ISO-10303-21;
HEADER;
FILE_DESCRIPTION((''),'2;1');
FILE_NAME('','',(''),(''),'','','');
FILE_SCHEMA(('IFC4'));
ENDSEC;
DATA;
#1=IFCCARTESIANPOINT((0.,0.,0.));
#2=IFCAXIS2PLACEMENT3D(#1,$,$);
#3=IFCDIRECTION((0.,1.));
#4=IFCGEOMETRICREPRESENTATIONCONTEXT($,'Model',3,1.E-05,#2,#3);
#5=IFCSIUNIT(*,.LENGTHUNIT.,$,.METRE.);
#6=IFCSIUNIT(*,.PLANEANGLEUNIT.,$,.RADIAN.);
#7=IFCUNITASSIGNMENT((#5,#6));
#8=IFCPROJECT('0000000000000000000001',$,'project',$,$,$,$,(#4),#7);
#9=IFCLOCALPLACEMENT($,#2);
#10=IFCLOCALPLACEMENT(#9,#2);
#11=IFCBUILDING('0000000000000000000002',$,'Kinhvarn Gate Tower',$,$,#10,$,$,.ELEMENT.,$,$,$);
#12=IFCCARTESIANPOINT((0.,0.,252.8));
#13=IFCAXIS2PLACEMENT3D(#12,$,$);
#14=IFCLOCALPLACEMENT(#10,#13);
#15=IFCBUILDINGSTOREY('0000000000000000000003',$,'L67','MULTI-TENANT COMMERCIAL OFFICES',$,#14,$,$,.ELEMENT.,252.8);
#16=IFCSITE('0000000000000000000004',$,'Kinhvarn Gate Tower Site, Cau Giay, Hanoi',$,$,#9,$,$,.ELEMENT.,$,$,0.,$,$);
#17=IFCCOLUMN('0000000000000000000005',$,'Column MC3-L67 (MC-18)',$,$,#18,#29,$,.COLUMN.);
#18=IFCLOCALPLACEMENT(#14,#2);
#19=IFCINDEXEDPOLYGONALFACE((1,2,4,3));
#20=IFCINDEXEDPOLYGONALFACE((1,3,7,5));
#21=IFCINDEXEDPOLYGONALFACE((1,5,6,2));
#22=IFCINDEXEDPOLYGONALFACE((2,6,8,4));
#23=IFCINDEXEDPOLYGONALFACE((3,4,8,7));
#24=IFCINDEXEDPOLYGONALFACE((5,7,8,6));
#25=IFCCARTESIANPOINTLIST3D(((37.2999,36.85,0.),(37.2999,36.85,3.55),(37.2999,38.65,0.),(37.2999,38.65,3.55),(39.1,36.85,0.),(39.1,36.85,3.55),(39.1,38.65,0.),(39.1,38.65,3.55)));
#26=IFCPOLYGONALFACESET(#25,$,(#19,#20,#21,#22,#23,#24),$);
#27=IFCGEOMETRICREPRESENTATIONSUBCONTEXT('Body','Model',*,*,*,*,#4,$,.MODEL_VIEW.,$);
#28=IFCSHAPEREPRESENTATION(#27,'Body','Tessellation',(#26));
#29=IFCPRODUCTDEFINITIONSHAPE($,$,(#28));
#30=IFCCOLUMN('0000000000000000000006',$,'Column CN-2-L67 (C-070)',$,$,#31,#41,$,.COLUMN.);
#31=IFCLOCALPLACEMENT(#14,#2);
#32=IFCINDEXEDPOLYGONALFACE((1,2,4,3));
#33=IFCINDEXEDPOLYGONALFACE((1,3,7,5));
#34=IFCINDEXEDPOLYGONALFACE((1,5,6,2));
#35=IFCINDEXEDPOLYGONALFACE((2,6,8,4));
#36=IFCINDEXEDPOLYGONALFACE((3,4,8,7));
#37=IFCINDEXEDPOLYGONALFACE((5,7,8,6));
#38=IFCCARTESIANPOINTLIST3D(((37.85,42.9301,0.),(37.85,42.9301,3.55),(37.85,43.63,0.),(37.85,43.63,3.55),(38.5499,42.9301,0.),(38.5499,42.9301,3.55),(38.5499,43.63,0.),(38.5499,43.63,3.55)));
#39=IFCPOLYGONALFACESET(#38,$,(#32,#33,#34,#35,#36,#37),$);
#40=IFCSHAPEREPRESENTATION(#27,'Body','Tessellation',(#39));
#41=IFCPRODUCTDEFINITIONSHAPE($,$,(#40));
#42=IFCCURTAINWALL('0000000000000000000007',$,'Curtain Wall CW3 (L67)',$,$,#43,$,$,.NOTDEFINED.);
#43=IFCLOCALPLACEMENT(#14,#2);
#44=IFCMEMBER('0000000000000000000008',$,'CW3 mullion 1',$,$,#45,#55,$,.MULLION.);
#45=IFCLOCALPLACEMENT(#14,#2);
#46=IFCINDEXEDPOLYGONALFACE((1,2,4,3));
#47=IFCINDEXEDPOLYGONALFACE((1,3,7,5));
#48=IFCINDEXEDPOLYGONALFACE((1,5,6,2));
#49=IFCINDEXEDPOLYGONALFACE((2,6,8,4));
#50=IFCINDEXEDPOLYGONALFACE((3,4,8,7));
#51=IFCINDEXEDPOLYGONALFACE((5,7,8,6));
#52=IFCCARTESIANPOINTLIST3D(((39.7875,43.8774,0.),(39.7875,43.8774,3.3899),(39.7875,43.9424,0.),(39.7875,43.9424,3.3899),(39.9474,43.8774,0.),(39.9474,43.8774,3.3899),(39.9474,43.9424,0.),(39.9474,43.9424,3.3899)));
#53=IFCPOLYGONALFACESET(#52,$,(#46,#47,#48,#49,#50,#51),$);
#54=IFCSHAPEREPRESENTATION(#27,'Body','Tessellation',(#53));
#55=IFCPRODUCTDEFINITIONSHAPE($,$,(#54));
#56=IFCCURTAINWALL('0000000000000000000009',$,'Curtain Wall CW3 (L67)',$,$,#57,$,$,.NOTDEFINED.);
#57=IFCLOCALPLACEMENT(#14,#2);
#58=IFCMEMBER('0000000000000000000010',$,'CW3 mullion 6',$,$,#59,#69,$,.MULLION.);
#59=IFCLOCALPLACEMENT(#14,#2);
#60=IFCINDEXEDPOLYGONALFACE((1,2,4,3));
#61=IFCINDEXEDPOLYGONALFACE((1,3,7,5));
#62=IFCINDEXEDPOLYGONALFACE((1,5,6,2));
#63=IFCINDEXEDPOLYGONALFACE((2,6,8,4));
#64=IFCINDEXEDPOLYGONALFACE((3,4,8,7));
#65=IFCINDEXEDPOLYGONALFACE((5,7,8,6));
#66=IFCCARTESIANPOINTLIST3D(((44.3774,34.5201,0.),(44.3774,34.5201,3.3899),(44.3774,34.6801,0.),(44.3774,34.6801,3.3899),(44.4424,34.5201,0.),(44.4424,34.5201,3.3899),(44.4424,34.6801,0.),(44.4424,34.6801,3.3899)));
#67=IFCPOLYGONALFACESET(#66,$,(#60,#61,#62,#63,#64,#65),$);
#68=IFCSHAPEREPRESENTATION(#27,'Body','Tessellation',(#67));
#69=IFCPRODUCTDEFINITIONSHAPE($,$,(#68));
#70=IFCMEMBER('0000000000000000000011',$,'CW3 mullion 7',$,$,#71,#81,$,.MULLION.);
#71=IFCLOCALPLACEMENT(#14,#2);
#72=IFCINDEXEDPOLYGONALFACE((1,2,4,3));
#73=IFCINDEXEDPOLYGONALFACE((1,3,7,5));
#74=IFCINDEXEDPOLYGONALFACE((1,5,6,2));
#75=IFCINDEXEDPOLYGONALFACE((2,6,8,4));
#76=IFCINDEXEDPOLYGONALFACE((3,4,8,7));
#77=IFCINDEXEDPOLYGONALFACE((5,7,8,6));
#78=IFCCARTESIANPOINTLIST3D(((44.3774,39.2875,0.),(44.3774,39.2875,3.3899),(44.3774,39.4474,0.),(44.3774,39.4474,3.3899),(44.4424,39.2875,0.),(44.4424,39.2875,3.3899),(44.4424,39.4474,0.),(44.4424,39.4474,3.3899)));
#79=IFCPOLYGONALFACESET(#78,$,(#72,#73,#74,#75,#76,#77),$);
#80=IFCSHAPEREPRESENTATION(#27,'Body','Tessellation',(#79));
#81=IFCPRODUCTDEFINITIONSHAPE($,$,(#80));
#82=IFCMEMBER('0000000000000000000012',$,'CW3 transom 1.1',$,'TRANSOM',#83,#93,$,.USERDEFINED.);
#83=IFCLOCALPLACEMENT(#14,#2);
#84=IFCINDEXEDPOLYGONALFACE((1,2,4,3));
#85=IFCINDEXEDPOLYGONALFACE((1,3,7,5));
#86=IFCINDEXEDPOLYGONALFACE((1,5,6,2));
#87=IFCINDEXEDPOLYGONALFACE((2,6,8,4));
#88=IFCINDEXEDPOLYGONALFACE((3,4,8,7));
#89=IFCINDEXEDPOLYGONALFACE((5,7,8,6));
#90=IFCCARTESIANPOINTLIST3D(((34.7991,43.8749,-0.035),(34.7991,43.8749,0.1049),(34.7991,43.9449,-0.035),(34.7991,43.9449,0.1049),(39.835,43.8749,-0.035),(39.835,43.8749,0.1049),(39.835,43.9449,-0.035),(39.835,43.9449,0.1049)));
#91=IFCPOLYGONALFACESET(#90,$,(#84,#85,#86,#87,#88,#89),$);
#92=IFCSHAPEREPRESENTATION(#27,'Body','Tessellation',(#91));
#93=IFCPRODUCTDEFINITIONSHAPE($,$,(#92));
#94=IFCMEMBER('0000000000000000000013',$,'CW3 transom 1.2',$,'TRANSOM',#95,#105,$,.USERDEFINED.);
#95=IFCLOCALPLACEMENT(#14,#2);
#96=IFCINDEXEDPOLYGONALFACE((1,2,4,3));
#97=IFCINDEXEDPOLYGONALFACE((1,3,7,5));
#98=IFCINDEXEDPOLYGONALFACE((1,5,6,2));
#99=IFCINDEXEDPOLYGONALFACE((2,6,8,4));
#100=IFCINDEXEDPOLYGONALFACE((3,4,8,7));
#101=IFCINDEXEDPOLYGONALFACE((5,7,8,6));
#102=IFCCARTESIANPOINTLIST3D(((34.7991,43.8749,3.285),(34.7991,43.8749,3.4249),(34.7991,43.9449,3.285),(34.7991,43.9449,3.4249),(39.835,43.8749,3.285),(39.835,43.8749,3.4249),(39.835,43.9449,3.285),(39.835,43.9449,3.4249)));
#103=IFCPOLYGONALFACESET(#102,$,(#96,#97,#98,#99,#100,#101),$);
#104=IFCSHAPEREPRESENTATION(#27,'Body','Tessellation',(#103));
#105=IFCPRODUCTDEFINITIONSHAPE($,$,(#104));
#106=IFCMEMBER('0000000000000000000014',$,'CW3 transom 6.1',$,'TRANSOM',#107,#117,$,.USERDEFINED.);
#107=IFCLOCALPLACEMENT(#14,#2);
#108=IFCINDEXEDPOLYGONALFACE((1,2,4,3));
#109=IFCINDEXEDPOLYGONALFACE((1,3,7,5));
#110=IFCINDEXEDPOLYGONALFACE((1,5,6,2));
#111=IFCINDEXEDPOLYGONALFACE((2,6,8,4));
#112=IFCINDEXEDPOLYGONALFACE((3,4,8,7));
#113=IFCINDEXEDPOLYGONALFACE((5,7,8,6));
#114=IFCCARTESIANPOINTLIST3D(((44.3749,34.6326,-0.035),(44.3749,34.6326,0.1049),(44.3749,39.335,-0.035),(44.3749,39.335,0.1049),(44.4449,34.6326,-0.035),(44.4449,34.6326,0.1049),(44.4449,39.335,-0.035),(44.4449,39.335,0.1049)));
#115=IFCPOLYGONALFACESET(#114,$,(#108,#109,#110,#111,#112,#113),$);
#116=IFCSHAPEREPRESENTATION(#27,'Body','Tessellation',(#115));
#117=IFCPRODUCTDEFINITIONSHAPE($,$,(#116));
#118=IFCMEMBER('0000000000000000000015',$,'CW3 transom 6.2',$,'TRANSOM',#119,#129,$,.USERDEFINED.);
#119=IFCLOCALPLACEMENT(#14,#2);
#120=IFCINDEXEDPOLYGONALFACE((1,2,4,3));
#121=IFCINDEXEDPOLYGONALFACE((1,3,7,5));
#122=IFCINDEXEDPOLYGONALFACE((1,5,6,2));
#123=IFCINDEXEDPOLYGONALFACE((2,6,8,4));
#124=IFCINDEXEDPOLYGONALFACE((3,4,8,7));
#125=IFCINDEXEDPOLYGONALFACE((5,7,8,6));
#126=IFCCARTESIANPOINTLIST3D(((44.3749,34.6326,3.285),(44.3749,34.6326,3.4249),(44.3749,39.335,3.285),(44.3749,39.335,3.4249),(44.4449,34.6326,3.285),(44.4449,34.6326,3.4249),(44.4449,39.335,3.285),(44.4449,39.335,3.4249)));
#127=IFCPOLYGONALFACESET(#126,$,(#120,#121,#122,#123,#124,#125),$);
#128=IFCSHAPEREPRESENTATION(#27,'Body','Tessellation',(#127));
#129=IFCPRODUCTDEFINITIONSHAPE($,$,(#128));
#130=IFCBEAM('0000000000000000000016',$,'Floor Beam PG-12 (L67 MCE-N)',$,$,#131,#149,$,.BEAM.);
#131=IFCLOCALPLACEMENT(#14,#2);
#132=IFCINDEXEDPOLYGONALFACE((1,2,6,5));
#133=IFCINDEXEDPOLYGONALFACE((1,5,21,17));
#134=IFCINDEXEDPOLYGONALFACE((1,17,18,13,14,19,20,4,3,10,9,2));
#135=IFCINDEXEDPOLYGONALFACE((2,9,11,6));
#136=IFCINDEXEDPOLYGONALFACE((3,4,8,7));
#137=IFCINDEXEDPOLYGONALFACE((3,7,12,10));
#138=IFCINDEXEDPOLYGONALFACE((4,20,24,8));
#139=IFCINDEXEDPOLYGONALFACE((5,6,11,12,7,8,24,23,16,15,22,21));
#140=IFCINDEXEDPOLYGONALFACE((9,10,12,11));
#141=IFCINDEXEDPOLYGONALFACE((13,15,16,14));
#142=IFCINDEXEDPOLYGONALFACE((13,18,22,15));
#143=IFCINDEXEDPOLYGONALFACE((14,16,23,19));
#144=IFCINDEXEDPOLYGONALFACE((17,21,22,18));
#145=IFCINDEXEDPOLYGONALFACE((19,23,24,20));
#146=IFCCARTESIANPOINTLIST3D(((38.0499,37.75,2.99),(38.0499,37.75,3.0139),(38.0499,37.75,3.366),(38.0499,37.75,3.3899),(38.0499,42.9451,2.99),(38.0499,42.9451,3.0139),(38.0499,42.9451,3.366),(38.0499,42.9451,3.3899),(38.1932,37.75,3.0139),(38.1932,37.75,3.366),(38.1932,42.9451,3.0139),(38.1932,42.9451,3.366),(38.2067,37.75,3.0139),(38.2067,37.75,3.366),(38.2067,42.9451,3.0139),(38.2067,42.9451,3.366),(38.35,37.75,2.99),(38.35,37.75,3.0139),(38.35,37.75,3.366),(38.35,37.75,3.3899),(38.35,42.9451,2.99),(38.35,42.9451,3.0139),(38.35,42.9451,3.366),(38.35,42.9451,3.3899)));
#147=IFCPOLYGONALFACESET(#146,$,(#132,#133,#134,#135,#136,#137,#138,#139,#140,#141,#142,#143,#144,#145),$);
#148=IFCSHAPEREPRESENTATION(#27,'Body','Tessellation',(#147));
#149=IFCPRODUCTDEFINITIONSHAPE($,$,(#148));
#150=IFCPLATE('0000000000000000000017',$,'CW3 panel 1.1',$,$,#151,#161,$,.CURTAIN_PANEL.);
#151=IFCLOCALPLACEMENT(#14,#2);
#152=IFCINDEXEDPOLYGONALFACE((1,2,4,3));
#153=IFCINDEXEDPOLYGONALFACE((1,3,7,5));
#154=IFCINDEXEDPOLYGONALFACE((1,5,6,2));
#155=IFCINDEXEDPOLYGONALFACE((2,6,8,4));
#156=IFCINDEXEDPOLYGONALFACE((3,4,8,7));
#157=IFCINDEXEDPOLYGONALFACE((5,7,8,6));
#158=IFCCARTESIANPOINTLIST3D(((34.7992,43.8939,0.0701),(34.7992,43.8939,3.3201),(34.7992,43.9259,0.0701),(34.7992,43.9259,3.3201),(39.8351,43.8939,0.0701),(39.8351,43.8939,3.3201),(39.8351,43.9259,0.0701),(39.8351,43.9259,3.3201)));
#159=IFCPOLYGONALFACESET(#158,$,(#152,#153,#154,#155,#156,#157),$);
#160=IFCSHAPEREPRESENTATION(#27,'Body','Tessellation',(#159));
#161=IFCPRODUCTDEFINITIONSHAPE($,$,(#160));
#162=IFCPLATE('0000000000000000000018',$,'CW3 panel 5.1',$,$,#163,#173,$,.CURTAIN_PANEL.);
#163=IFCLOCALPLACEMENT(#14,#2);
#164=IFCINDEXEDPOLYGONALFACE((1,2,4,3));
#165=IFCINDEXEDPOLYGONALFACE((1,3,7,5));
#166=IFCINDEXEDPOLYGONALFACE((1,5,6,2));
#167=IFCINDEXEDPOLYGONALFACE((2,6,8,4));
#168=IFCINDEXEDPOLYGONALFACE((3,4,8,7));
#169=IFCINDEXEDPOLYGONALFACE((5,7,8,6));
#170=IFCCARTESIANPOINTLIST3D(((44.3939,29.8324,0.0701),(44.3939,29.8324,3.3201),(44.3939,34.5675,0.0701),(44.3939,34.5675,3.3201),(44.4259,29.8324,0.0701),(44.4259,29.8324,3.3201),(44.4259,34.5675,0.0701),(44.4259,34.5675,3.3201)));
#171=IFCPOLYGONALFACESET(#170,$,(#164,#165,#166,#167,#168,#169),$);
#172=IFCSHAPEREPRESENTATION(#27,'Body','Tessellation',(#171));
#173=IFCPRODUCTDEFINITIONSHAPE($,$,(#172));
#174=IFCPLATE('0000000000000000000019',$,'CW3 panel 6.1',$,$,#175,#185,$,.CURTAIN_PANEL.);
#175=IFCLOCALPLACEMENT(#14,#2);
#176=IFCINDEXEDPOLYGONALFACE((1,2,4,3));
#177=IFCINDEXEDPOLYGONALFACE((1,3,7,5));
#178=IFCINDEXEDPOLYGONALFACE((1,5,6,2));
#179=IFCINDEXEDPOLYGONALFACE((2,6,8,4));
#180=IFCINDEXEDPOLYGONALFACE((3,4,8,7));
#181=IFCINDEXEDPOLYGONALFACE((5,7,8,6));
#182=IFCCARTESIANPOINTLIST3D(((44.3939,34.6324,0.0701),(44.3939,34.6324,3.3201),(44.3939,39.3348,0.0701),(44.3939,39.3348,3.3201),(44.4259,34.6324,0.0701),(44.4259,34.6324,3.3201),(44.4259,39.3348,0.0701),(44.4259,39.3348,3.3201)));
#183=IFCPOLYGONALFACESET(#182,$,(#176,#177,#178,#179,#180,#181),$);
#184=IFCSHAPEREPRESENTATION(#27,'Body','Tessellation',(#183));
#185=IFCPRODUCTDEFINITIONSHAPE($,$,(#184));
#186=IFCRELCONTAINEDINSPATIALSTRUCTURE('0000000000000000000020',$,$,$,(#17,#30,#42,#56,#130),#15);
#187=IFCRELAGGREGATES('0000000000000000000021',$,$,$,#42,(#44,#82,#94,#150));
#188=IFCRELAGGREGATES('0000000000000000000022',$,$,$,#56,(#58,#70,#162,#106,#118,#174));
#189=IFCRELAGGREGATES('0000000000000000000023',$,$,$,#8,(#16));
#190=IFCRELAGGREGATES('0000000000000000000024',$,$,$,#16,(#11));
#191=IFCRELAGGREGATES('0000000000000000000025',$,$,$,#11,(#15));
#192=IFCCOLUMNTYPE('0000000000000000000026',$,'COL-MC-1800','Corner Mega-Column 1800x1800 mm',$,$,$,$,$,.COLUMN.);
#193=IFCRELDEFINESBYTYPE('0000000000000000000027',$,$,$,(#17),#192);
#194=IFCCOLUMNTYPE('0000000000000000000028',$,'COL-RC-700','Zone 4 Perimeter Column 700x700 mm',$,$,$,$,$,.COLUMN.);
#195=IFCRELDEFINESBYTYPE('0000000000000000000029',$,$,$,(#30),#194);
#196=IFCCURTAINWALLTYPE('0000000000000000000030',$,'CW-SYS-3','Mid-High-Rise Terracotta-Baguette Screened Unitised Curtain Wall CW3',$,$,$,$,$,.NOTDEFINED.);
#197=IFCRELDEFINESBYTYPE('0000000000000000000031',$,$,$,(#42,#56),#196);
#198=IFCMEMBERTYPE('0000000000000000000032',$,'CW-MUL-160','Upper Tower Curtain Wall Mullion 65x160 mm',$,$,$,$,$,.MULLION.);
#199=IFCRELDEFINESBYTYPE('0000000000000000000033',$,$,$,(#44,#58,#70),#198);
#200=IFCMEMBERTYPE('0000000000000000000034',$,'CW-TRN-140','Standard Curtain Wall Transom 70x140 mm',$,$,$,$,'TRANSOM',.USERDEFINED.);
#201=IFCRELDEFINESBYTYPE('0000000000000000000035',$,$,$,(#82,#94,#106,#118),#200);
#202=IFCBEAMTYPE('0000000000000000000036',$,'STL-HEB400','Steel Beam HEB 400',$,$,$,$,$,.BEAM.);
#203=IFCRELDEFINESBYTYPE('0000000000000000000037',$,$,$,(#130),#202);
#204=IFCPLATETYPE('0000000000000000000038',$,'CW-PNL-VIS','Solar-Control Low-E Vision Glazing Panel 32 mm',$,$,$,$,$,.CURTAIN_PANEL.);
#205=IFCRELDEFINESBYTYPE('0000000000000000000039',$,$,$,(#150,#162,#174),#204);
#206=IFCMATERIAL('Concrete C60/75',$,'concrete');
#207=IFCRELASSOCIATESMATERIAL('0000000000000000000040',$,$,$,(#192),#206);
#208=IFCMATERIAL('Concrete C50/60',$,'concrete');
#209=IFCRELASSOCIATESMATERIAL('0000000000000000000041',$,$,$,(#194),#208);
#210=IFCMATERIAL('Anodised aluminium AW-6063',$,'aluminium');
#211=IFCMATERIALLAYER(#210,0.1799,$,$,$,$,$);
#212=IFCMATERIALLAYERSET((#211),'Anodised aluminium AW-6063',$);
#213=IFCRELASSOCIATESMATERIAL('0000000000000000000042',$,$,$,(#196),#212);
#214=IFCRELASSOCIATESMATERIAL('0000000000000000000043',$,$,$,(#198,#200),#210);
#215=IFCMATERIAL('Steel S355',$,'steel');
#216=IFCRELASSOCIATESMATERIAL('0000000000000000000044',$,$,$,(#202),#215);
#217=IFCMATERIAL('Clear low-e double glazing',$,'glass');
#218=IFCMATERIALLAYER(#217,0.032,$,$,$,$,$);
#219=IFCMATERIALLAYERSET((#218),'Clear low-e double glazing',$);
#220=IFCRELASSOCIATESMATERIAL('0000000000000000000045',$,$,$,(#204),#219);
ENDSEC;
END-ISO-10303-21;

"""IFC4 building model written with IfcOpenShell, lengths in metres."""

from ifc_helpers import new_model, si_unit, direction, frame, origin, origin_2d, place, context, subcontext, project, spatial, rectangle, i_section, extrude, material, layer, layer_set, material_profile, profile_set, type_object, element, aggregate, save


model = new_model("IFC4")

# Units and contexts
model_context = context("Model", 3, precision=1e-05, world=origin(), true_north=direction((0.0, 1.0)))
body_context = subcontext(model_context, "Body", "Model", "MODEL_VIEW")
ifc_project = project(units=[si_unit("LENGTHUNIT", "METRE"), si_unit("PLANEANGLEUNIT", "RADIAN")], contexts=[model_context])

# Site, building, storey
site_placement = place(None, origin())
site = spatial("IfcSite", under=ifc_project, at=site_placement, Name="Kinhvarn Gate Tower Site, Cau Giay, Hanoi", CompositionType="ELEMENT", RefElevation=0.0)
building_placement = place(site_placement, origin())
building = spatial("IfcBuilding", under=site, at=building_placement, Name="Kinhvarn Gate Tower", CompositionType="ELEMENT")
storey_placement = place(building_placement, frame((0.0, 0.0, 252.8)))
storey = spatial("IfcBuildingStorey", under=building, at=storey_placement, Name="L67", Description="MULTI-TENANT COMMERCIAL OFFICES", CompositionType="ELEMENT", Elevation=252.8)

# Columns
ifc_material_1 = material(Name="Concrete C60/75", Category="concrete")
ifc_material_profile_1 = material_profile(ifc_material_1, rectangle(XDim=1.8, YDim=1.8, at=origin_2d()), Name="RC 1800x1800")
ifc_profile_set_1 = profile_set([ifc_material_profile_1], Name="Concrete C60/75")
column_type_1 = type_object("IfcColumnType", Name="COL-MC-1800", Description="Corner Mega-Column 1800x1800 mm", PredefinedType="COLUMN", material=ifc_profile_set_1)
column_1_placement = place(storey_placement, frame((38.2, 37.75, 0.0), z_axis=(0.0, 0.0, 1.0), x_axis=(1.0, 0.0, 0.0)))
element("IfcColumn", 1, at=column_1_placement, inside=storey, type_object=column_type_1, Name="Column MC3-L67 (MC-18)", PredefinedType="COLUMN", context=body_context, shape_type="SweptSolid", body=[
    extrude(rectangle(XDim=1.8, YDim=1.8, at=origin_2d()), origin(), (0.0, 0.0, 1.0), 3.55),
])
ifc_material_2 = material(Name="Concrete C50/60", Category="concrete")
ifc_material_profile_2 = material_profile(ifc_material_2, rectangle(XDim=0.7, YDim=0.7, at=origin_2d()), Name="RC 700x700")
ifc_profile_set_2 = profile_set([ifc_material_profile_2], Name="Concrete C50/60")
column_type_2 = type_object("IfcColumnType", Name="COL-RC-700", Description="Zone 4 Perimeter Column 700x700 mm", PredefinedType="COLUMN", material=ifc_profile_set_2)
column_2_placement = place(storey_placement, frame((38.2, 43.28, 0.0), z_axis=(0.0, 0.0, 1.0), x_axis=(1.0, 0.0, 0.0)))
element("IfcColumn", 2, at=column_2_placement, inside=storey, type_object=column_type_2, Name="Column CN-2-L67 (C-070)", PredefinedType="COLUMN", context=body_context, shape_type="SweptSolid", body=[
    extrude(rectangle(XDim=0.7, YDim=0.7, at=origin_2d()), origin(), (0.0, 0.0, 1.0), 3.55),
])

# Curtain wall, member
ifc_material_3 = material(Name="Anodised aluminium AW-6063", Category="aluminium")
ifc_layer_1 = layer(ifc_material_3, 0.1799)
ifc_layer_set_1 = layer_set([ifc_layer_1], Name="Anodised aluminium AW-6063")
curtain_wall_type = type_object("IfcCurtainWallType", Name="CW-SYS-3", Description="Mid-High-Rise Terracotta-Baguette Screened Unitised Curtain Wall CW3", PredefinedType="NOTDEFINED", material=ifc_layer_set_1)
curtain_wall_1_placement = place(storey_placement, origin())
curtain_wall_1 = element("IfcCurtainWall", 3, at=curtain_wall_1_placement, inside=storey, type_object=curtain_wall_type, Name="Curtain Wall CW3 (L67)", PredefinedType="NOTDEFINED")
ifc_material_profile_3 = material_profile(ifc_material_3, rectangle(XDim=0.0649, YDim=0.1599, at=origin_2d()), Name="ALU 65x160")
ifc_profile_set_3 = profile_set([ifc_material_profile_3], Name="Anodised aluminium AW-6063")
member_type_1 = type_object("IfcMemberType", Name="CW-MUL-160", Description="Upper Tower Curtain Wall Mullion 65x160 mm", PredefinedType="MULLION", material=ifc_profile_set_3)
member_1_placement = place(storey_placement, frame((39.8674, 43.9099, 0.0), z_axis=(0.0, 0.0, 1.0), x_axis=(0.0, -1.0, 0.0)))
member_1 = element("IfcMember", 4, at=member_1_placement, type_object=member_type_1, Name="CW3 mullion 1", PredefinedType="MULLION", context=body_context, shape_type="SweptSolid", body=[
    extrude(rectangle(XDim=0.0649, YDim=0.1599, at=origin_2d()), origin(), (0.0, 0.0, 1.0), 3.3899),
])

# Curtain wall, members
curtain_wall_2_placement = place(storey_placement, origin())
curtain_wall_2 = element("IfcCurtainWall", 5, at=curtain_wall_2_placement, inside=storey, type_object=curtain_wall_type, Name="Curtain Wall CW3 (L67)", PredefinedType="NOTDEFINED")
member_2_placement = place(storey_placement, frame((44.4099, 34.6001, 0.0), z_axis=(0.0, 0.0, 1.0), x_axis=(-1.0, 0.0, 0.0)))
member_2 = element("IfcMember", 6, at=member_2_placement, type_object=member_type_1, Name="CW3 mullion 6", PredefinedType="MULLION", context=body_context, shape_type="SweptSolid", body=[
    extrude(rectangle(XDim=0.0649, YDim=0.1599, at=origin_2d()), origin(), (0.0, 0.0, 1.0), 3.3899),
])
member_3_placement = place(storey_placement, frame((44.4099, 39.3674, 0.0), z_axis=(0.0, 0.0, 1.0), x_axis=(-1.0, 0.0, 0.0)))
member_3 = element("IfcMember", 7, at=member_3_placement, type_object=member_type_1, Name="CW3 mullion 7", PredefinedType="MULLION", context=body_context, shape_type="SweptSolid", body=[
    extrude(rectangle(XDim=0.0649, YDim=0.1599, at=origin_2d()), origin(), (0.0, 0.0, 1.0), 3.3899),
])

# Members
ifc_material_profile_4 = material_profile(ifc_material_3, rectangle(XDim=0.0701, YDim=0.1399, at=origin_2d()), Name="ALU 70x140")
ifc_profile_set_4 = profile_set([ifc_material_profile_4], Name="Anodised aluminium AW-6063")
member_type_2 = type_object("IfcMemberType", Name="CW-TRN-140", Description="Standard Curtain Wall Transom 70x140 mm", ElementType="TRANSOM", PredefinedType="USERDEFINED", material=ifc_profile_set_4)
member_4_placement = place(storey_placement, frame((39.835, 43.9099, 0.0349), z_axis=(-1.0, 0.0, 0.0), x_axis=(0.0, -1.0, 0.0)))
member_4 = element("IfcMember", 8, at=member_4_placement, type_object=member_type_2, Name="CW3 transom 1.1", ObjectType="TRANSOM", PredefinedType="USERDEFINED", context=body_context, shape_type="SweptSolid", body=[
    extrude(rectangle(XDim=0.0701, YDim=0.1399, at=origin_2d()), origin(), (0.0, 0.0, 1.0), 5.0359),
])
member_5_placement = place(storey_placement, frame((39.835, 43.9099, 3.355), z_axis=(-1.0, 0.0, 0.0), x_axis=(0.0, -1.0, 0.0)))
member_5 = element("IfcMember", 9, at=member_5_placement, type_object=member_type_2, Name="CW3 transom 1.2", ObjectType="TRANSOM", PredefinedType="USERDEFINED", context=body_context, shape_type="SweptSolid", body=[
    extrude(rectangle(XDim=0.0701, YDim=0.1399, at=origin_2d()), origin(), (0.0, 0.0, 1.0), 5.0359),
])
member_6_placement = place(storey_placement, frame((44.4099, 34.6326, 0.0349), z_axis=(0.0, 1.0, 0.0), x_axis=(-1.0, 0.0, 0.0)))
member_6 = element("IfcMember", 10, at=member_6_placement, type_object=member_type_2, Name="CW3 transom 6.1", ObjectType="TRANSOM", PredefinedType="USERDEFINED", context=body_context, shape_type="SweptSolid", body=[
    extrude(rectangle(XDim=0.0701, YDim=0.1399, at=origin_2d()), origin(), (0.0, 0.0, 1.0), 4.7024),
])
member_7_placement = place(storey_placement, frame((44.4099, 34.6326, 3.355), z_axis=(0.0, 1.0, 0.0), x_axis=(-1.0, 0.0, 0.0)))
member_7 = element("IfcMember", 11, at=member_7_placement, type_object=member_type_2, Name="CW3 transom 6.2", ObjectType="TRANSOM", PredefinedType="USERDEFINED", context=body_context, shape_type="SweptSolid", body=[
    extrude(rectangle(XDim=0.0701, YDim=0.1399, at=origin_2d()), origin(), (0.0, 0.0, 1.0), 4.7024),
])

# Beam
ifc_material_4 = material(Name="Steel S355", Category="steel")
ifc_material_profile_5 = material_profile(ifc_material_4, i_section(OverallWidth=0.3, OverallDepth=0.3999, WebThickness=0.0134, FlangeThickness=0.0239, at=origin_2d()), Name="HEB 400")
ifc_profile_set_5 = profile_set([ifc_material_profile_5], Name="Steel S355")
beam_type = type_object("IfcBeamType", Name="STL-HEB400", Description="Steel Beam HEB 400", PredefinedType="BEAM", material=ifc_profile_set_5)
beam_placement = place(storey_placement, frame((38.2, 37.75, 3.1899), z_axis=(0.0, 1.0, 0.0), x_axis=(-1.0, 0.0, 0.0)))
element("IfcBeam", 12, at=beam_placement, inside=storey, type_object=beam_type, Name="Floor Beam PG-12 (L67 MCE-N)", PredefinedType="BEAM", context=body_context, shape_type="SweptSolid", body=[
    extrude(i_section(OverallWidth=0.3, OverallDepth=0.3999, WebThickness=0.0134, FlangeThickness=0.0239, at=origin_2d()), origin(), (0.0, 0.0, 1.0), 5.1951),
])

# Plates
ifc_material_5 = material(Name="Clear low-e double glazing", Category="glass")
ifc_layer_2 = layer(ifc_material_5, 0.032)
ifc_layer_set_2 = layer_set([ifc_layer_2], Name="Clear low-e double glazing")
plate_type = type_object("IfcPlateType", Name="CW-PNL-VIS", Description="Solar-Control Low-E Vision Glazing Panel 32 mm", PredefinedType="CURTAIN_PANEL", material=ifc_layer_set_2)
plate_1_placement = place(storey_placement, frame((37.3171, 43.9099, 0.0701), z_axis=(0.0, 0.0, 1.0), x_axis=(-1.0, 0.0, 0.0)))
plate_1 = element("IfcPlate", 13, at=plate_1_placement, type_object=plate_type, Name="CW3 panel 1.1", PredefinedType="CURTAIN_PANEL", context=body_context, shape_type="SweptSolid", body=[
    extrude(rectangle(XDim=5.0359, YDim=0.032, at=origin_2d()), origin(), (0.0, 0.0, 1.0), 3.25),
])
aggregate(curtain_wall_1, [member_1, member_4, member_5, plate_1])
plate_2_placement = place(storey_placement, frame((44.4099, 32.2, 0.0701), z_axis=(0.0, 0.0, 1.0), x_axis=(0.0, 1.0, 0.0)))
plate_2 = element("IfcPlate", 14, at=plate_2_placement, type_object=plate_type, Name="CW3 panel 5.1", PredefinedType="CURTAIN_PANEL", context=body_context, shape_type="SweptSolid", body=[
    extrude(rectangle(XDim=4.7351, YDim=0.032, at=origin_2d()), origin(), (0.0, 0.0, 1.0), 3.25),
])
plate_3_placement = place(storey_placement, frame((44.4099, 36.9836, 0.0701), z_axis=(0.0, 0.0, 1.0), x_axis=(0.0, 1.0, 0.0)))
plate_3 = element("IfcPlate", 15, at=plate_3_placement, type_object=plate_type, Name="CW3 panel 6.1", PredefinedType="CURTAIN_PANEL", context=body_context, shape_type="SweptSolid", body=[
    extrude(rectangle(XDim=4.7024, YDim=0.032, at=origin_2d()), origin(), (0.0, 0.0, 1.0), 3.25),
])
aggregate(curtain_wall_2, [member_2, member_3, plate_2, member_6, member_7, plate_3])

save(model, "model.ifc")
